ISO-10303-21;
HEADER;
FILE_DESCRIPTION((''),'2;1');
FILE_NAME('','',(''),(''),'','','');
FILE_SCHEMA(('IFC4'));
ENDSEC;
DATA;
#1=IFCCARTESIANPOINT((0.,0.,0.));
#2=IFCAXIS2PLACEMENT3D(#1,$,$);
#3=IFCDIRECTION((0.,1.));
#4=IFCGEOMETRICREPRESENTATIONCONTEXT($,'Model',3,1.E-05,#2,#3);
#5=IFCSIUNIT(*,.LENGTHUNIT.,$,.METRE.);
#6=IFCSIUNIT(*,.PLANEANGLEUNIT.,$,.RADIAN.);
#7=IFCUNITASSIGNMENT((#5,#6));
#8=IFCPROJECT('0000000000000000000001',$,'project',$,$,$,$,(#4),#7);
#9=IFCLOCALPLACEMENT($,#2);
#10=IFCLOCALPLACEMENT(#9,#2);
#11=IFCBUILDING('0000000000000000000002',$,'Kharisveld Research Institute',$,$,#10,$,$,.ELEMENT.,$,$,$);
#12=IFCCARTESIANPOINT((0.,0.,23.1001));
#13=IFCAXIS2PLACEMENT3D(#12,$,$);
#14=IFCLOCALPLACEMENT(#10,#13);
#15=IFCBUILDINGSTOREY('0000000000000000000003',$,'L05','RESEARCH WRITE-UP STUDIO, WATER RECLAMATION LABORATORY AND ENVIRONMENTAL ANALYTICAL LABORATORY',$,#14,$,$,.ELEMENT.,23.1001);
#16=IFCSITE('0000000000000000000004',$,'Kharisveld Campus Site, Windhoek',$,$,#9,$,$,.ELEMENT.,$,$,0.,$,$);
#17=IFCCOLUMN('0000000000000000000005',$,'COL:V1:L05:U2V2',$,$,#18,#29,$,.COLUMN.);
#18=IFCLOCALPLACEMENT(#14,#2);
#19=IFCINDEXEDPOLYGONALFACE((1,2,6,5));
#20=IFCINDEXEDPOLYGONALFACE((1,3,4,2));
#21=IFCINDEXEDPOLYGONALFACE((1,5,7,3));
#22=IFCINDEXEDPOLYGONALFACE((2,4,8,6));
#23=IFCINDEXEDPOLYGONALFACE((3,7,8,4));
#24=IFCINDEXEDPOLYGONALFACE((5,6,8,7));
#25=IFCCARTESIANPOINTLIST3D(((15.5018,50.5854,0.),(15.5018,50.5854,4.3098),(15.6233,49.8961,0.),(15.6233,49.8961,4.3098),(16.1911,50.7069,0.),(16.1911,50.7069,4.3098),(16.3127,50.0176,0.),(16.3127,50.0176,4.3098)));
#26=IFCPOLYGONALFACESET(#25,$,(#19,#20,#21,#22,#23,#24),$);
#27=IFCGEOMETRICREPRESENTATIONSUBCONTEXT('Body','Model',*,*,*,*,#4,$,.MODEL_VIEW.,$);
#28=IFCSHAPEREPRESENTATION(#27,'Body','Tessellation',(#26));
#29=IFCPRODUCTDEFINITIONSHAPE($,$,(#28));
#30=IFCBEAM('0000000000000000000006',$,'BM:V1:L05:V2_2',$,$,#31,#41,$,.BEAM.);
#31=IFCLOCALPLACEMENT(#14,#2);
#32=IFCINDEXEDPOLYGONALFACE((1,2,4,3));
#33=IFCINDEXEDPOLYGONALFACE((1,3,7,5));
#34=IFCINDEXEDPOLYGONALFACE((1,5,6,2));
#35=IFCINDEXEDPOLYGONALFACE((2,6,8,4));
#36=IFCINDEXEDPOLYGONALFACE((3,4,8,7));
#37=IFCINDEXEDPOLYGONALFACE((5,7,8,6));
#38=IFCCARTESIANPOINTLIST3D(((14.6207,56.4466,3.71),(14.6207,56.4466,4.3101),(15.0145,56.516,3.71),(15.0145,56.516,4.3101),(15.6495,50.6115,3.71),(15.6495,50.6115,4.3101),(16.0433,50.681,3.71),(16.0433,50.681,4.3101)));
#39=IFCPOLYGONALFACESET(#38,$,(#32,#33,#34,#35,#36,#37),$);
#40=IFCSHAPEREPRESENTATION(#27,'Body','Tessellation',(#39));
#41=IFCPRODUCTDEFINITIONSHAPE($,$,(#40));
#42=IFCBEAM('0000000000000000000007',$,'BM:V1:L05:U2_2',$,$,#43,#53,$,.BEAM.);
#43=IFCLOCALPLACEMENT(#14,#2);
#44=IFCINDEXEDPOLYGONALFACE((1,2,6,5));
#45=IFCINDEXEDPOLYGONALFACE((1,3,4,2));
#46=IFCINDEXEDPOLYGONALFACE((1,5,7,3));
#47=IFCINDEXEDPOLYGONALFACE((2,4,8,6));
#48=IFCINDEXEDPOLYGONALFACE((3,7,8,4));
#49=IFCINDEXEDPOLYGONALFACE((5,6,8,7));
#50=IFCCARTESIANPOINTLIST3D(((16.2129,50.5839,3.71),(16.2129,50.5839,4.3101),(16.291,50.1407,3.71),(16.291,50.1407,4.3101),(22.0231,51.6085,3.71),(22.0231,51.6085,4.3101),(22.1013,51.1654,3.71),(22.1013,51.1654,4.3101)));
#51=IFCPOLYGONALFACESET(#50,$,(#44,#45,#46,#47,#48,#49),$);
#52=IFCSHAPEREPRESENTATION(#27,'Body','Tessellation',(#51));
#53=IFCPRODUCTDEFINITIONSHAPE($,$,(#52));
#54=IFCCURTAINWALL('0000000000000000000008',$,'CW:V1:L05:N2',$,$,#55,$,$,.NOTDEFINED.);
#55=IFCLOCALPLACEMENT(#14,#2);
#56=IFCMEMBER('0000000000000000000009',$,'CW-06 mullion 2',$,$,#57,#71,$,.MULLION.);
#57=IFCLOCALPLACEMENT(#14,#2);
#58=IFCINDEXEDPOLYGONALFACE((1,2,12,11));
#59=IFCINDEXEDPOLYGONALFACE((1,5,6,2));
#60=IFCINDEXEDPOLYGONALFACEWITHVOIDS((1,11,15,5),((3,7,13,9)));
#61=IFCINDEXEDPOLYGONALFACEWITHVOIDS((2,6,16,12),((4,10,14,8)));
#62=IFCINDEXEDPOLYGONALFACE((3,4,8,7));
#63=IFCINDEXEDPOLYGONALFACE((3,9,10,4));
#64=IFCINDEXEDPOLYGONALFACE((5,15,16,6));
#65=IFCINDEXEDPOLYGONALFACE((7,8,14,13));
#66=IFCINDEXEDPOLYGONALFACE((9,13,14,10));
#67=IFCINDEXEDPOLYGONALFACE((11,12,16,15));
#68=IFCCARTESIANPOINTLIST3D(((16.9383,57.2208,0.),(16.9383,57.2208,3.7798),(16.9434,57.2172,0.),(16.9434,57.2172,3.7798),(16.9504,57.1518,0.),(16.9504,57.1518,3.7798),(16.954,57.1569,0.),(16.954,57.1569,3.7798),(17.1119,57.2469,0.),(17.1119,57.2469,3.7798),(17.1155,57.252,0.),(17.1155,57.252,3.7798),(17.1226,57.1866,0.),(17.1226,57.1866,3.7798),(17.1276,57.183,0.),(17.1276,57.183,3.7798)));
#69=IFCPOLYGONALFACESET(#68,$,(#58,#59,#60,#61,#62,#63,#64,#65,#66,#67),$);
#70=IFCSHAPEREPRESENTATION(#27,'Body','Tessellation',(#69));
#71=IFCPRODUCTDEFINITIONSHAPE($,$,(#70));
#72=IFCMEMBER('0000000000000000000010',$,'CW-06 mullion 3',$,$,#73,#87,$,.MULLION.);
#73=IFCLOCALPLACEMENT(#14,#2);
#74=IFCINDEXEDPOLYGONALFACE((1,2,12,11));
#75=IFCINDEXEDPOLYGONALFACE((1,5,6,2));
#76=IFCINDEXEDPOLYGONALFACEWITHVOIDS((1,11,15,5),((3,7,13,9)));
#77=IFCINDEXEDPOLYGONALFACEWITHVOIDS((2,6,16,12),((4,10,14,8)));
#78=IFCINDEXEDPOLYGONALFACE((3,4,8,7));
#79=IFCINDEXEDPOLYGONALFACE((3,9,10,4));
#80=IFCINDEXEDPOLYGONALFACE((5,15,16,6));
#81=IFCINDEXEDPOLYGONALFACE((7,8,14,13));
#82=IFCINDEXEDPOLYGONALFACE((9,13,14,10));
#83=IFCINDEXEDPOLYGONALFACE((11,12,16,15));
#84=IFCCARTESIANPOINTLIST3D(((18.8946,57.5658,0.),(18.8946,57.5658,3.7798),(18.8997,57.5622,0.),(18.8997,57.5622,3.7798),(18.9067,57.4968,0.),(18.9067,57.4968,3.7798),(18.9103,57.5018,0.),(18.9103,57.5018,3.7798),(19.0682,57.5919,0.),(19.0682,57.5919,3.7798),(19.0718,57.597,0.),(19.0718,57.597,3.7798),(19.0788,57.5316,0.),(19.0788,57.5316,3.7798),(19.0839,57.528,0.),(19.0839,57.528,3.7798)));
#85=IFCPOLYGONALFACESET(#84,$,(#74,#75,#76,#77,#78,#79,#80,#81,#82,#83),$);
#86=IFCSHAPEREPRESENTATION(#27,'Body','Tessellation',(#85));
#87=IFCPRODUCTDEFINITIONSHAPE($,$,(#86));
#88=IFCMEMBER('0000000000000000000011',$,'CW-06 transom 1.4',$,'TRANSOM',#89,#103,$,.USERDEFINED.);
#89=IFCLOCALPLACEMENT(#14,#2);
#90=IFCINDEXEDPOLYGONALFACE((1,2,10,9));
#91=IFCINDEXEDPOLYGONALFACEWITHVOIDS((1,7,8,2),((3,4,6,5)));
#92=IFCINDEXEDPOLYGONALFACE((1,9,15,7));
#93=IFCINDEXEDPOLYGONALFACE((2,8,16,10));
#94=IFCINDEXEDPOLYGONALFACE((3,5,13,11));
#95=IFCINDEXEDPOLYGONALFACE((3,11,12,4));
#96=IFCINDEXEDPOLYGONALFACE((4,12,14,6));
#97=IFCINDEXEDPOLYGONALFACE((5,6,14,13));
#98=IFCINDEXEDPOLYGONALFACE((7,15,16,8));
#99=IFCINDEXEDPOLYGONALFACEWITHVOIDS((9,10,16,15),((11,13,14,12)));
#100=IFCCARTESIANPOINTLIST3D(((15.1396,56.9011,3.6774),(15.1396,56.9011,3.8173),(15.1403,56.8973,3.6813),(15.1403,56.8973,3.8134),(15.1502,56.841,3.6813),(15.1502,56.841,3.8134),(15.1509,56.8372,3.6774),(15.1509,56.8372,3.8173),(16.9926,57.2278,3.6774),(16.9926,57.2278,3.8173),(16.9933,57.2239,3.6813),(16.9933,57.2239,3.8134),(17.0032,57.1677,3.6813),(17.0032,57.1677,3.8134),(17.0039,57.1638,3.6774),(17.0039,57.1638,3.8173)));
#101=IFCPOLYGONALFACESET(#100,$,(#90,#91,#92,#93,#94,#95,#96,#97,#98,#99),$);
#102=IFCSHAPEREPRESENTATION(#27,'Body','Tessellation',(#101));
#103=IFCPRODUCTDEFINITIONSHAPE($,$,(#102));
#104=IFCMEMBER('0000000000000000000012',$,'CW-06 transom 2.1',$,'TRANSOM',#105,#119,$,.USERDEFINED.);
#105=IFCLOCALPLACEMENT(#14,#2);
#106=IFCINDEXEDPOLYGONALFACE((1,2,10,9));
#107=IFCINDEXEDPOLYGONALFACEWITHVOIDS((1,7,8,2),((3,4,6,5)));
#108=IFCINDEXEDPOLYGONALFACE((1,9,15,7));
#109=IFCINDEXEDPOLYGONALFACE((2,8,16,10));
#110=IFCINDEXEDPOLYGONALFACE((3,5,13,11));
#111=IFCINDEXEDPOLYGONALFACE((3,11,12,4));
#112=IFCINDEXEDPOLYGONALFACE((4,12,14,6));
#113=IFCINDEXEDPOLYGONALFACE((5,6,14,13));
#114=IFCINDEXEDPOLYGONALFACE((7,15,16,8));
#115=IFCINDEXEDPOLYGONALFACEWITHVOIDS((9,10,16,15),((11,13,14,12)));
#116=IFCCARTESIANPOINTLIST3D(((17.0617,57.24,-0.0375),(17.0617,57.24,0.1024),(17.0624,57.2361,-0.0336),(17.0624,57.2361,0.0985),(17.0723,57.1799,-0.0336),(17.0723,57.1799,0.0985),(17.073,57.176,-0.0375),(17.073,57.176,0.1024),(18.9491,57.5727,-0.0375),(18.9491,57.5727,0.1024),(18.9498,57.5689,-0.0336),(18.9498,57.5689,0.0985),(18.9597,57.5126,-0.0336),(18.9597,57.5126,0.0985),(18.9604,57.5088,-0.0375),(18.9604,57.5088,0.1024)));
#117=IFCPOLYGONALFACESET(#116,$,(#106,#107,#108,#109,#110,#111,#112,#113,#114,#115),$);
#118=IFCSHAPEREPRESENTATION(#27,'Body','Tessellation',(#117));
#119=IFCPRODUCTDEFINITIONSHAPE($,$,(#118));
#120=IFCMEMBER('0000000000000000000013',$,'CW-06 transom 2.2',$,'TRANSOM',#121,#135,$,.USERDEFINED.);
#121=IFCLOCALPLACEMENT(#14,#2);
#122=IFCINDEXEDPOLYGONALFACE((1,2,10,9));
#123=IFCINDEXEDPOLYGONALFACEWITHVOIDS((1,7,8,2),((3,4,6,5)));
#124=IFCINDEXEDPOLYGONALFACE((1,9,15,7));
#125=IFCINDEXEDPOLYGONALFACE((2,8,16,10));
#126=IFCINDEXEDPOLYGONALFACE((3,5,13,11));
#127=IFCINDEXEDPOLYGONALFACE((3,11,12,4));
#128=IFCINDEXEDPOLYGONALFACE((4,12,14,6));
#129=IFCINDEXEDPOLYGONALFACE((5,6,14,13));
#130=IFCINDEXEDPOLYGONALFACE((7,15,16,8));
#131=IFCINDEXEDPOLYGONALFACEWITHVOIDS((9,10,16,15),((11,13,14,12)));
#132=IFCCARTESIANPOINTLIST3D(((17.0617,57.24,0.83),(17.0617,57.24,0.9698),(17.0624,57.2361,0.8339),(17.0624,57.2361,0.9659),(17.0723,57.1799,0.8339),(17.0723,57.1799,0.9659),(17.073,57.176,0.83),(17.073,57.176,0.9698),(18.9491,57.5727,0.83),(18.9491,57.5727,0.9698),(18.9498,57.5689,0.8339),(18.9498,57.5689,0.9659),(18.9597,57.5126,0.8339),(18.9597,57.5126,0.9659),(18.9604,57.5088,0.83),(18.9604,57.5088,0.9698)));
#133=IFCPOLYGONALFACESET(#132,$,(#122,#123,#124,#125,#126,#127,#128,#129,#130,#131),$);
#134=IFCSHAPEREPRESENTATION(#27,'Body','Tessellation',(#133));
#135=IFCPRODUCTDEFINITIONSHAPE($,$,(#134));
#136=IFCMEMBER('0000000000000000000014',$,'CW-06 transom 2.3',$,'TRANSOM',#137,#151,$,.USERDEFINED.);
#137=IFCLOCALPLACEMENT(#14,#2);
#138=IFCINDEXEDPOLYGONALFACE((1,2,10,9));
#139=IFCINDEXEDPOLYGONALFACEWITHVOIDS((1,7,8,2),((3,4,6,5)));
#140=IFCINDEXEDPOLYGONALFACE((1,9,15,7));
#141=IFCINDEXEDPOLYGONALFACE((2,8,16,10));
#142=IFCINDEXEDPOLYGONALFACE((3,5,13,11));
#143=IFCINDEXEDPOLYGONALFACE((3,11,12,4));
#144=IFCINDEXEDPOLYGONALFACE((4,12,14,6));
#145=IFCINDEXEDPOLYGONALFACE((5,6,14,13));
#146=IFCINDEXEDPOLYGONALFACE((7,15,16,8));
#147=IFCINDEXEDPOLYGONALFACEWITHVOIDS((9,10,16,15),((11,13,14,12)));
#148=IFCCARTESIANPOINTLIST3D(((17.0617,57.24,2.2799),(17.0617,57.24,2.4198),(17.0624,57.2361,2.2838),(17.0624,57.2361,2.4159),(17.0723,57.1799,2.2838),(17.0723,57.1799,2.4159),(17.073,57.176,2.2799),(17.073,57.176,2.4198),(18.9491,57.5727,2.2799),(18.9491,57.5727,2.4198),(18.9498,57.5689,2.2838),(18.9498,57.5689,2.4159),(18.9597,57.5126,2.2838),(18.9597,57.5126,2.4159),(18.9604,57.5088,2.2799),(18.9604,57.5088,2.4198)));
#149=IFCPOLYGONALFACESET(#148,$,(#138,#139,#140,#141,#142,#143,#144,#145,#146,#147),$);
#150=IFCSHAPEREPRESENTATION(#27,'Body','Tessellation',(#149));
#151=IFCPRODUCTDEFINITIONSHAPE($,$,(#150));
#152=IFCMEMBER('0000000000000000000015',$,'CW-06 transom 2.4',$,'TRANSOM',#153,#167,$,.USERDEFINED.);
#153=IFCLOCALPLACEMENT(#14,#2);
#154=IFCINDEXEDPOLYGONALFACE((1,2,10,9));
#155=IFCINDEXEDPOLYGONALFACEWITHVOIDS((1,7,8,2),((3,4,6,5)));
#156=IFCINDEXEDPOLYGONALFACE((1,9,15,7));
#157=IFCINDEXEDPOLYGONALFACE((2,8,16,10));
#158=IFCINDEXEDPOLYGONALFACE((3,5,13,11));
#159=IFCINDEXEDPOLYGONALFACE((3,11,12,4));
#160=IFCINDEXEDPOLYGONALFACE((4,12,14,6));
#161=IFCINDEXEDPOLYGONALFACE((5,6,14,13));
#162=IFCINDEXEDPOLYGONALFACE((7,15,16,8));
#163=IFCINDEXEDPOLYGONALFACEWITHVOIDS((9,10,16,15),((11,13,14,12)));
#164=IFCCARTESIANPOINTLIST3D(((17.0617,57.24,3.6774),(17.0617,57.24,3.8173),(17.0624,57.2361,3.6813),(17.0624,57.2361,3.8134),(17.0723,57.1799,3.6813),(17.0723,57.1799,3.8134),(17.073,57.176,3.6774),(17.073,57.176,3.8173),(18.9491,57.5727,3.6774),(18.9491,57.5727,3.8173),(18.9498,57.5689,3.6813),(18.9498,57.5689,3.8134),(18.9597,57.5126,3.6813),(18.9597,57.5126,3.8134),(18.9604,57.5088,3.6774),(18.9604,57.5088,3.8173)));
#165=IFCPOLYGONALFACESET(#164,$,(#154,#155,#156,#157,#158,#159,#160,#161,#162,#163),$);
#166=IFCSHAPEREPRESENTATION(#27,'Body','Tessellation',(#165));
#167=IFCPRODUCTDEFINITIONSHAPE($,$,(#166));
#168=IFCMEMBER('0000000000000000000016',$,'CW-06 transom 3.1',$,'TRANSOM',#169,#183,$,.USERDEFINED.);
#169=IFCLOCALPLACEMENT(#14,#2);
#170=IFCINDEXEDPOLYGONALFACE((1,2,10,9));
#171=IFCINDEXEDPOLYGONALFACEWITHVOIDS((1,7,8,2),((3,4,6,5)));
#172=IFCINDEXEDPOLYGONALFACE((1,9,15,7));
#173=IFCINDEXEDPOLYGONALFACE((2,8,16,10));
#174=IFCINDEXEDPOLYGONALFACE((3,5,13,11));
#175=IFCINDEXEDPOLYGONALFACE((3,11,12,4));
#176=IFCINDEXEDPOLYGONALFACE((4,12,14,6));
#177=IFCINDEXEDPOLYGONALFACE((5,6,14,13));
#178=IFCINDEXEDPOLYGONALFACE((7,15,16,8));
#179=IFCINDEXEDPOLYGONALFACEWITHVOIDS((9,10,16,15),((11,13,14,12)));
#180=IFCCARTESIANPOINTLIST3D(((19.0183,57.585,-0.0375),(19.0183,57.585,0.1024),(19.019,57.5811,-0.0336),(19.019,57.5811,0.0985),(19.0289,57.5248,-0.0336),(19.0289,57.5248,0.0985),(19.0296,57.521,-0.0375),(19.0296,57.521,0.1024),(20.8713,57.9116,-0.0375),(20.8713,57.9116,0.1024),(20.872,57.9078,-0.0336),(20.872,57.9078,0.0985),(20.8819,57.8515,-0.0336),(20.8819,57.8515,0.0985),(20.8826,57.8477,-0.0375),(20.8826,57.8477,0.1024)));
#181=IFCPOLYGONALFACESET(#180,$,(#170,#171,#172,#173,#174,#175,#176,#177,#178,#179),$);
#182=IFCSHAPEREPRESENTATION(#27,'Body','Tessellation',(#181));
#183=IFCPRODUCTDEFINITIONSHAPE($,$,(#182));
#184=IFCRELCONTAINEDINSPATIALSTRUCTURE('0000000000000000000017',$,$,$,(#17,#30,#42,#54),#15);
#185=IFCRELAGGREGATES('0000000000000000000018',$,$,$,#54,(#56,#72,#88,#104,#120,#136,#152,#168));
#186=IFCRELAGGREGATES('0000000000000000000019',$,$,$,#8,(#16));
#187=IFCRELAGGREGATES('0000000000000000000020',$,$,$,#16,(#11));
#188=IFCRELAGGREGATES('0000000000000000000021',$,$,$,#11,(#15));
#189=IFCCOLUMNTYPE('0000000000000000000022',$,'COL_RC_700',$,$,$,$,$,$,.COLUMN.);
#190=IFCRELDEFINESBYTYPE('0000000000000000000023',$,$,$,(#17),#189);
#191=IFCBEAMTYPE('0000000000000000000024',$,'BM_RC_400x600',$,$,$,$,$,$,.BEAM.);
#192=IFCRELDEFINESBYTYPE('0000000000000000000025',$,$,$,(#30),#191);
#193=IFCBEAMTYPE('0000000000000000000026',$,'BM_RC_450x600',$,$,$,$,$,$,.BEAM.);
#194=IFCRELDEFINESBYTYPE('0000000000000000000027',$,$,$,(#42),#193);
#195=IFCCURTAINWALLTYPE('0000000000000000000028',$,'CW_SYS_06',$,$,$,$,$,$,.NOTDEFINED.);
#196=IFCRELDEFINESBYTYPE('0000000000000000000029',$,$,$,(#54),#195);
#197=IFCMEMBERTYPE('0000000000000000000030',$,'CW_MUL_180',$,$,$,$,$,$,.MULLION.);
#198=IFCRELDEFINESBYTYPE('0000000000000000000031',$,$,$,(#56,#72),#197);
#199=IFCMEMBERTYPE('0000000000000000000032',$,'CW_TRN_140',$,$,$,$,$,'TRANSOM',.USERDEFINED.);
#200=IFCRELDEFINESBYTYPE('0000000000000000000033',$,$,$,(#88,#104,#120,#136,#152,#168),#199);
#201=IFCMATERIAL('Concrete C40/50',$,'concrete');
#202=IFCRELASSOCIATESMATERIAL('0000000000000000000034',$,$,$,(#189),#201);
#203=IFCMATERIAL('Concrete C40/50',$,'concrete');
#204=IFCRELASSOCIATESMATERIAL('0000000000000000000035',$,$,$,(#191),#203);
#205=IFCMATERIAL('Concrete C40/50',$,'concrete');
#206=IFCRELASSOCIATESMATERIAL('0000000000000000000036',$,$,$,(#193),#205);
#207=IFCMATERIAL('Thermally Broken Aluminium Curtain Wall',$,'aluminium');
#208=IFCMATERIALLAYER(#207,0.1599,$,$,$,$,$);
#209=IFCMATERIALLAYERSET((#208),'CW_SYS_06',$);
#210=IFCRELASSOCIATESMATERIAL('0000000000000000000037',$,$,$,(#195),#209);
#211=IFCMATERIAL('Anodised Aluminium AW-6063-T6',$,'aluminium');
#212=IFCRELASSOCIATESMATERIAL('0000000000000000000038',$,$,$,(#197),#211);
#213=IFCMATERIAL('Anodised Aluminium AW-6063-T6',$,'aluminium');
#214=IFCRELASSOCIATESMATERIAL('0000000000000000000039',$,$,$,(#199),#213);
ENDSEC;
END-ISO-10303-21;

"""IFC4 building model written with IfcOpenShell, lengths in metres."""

from ifc_helpers import new_model, si_unit, direction, frame, origin, origin_2d, place, context, subcontext, project, spatial, rectangle, hollow_rectangle, extrude, material, layer, layer_set, material_profile, profile_set, type_object, element, aggregate, save


model = new_model("IFC4")

# Units and contexts
model_context = context("Model", 3, precision=1e-05, world=origin(), true_north=direction((0.0, 1.0)))
body_context = subcontext(model_context, "Body", "Model", "MODEL_VIEW")
ifc_project = project(units=[si_unit("LENGTHUNIT", "METRE"), si_unit("PLANEANGLEUNIT", "RADIAN")], contexts=[model_context])

# Site, building, storey
site_placement = place(None, origin())
site = spatial("IfcSite", under=ifc_project, at=site_placement, Name="Kharisveld Campus Site, Windhoek", CompositionType="ELEMENT", RefElevation=0.0)
building_placement = place(site_placement, origin())
building = spatial("IfcBuilding", under=site, at=building_placement, Name="Kharisveld Research Institute", CompositionType="ELEMENT")
storey_placement = place(building_placement, frame((0.0, 0.0, 23.1001)))
storey = spatial("IfcBuildingStorey", under=building, at=storey_placement, Name="L05", Description="RESEARCH WRITE-UP STUDIO, WATER RECLAMATION LABORATORY AND ENVIRONMENTAL ANALYTICAL LABORATORY", CompositionType="ELEMENT", Elevation=23.1001)

# Column
ifc_material_1 = material(Name="Concrete C40/50", Category="concrete")
ifc_material_profile_1 = material_profile(ifc_material_1, rectangle(XDim=0.7, YDim=0.7, at=origin_2d()))
ifc_profile_set_1 = profile_set([ifc_material_profile_1], Name="Concrete C40/50")
column_type = type_object("IfcColumnType", Name="COL_RC_700", PredefinedType="COLUMN", material=ifc_profile_set_1)
column_placement = place(storey_placement, frame((15.9072, 50.3015, 0.0), z_axis=(0.0, 0.0, 1.0), x_axis=(0.984808, 0.173648, 0.0)))
element("IfcColumn", 1, at=column_placement, inside=storey, type_object=column_type, Name="COL:V1:L05:U2V2", PredefinedType="COLUMN", context=body_context, shape_type="SweptSolid", body=[
    extrude(rectangle(XDim=0.7, YDim=0.7, at=origin_2d()), origin(), (0.0, 0.0, 1.0), 4.3098),
])

# Beams
ifc_material_2 = material(Name="Concrete C40/50", Category="concrete")
ifc_material_profile_2 = material_profile(ifc_material_2, rectangle(XDim=0.3999, YDim=0.6001, at=origin_2d()))
ifc_profile_set_2 = profile_set([ifc_material_profile_2], Name="Concrete C40/50")
beam_type_1 = type_object("IfcBeamType", Name="BM_RC_400x600", PredefinedType="BEAM", material=ifc_profile_set_2)
beam_1_placement = place(storey_placement, frame((15.8464, 50.6462, 4.01), z_axis=(-0.17364, 0.984809, 0.0), x_axis=(-0.984809, -0.17364, 0.0)))
element("IfcBeam", 2, at=beam_1_placement, inside=storey, type_object=beam_type_1, Name="BM:V1:L05:V2_2", PredefinedType="BEAM", context=body_context, shape_type="SweptSolid", body=[
    extrude(rectangle(XDim=0.3999, YDim=0.6001, at=origin_2d()), origin(), (0.0, 0.0, 1.0), 5.925),
])
ifc_material_3 = material(Name="Concrete C40/50", Category="concrete")
ifc_material_profile_3 = material_profile(ifc_material_3, rectangle(XDim=0.45, YDim=0.6001, at=origin_2d()))
ifc_profile_set_3 = profile_set([ifc_material_profile_3], Name="Concrete C40/50")
beam_type_2 = type_object("IfcBeamType", Name="BM_RC_450x600", PredefinedType="BEAM", material=ifc_profile_set_3)
beam_2_placement = place(storey_placement, frame((16.252, 50.3623, 4.01), z_axis=(0.984804, 0.173672, 0.0), x_axis=(-0.173672, 0.984804, 0.0)))
element("IfcBeam", 3, at=beam_2_placement, inside=storey, type_object=beam_type_2, Name="BM:V1:L05:U2_2", PredefinedType="BEAM", context=body_context, shape_type="SweptSolid", body=[
    extrude(rectangle(XDim=0.45, YDim=0.6001, at=origin_2d()), origin(), (0.0, 0.0, 1.0), 5.8999),
])

# Curtain wall, members
ifc_material_4 = material(Name="Thermally Broken Aluminium Curtain Wall", Category="aluminium")
ifc_layer_1 = layer(ifc_material_4, 0.1599)
ifc_layer_set_1 = layer_set([ifc_layer_1], Name="CW_SYS_06")
curtain_wall_type = type_object("IfcCurtainWallType", Name="CW_SYS_06", PredefinedType="NOTDEFINED", material=ifc_layer_set_1)
curtain_wall_placement = place(storey_placement, origin())
curtain_wall = element("IfcCurtainWall", 4, at=curtain_wall_placement, inside=storey, type_object=curtain_wall_type, Name="CW:V1:L05:N2", PredefinedType="NOTDEFINED")
ifc_material_5 = material(Name="Anodised Aluminium AW-6063-T6", Category="aluminium")
ifc_material_profile_4 = material_profile(ifc_material_5, hollow_rectangle(XDim=0.0701, YDim=0.1799, WallThickness=0.0044, at=origin_2d()))
ifc_profile_set_4 = profile_set([ifc_material_profile_4], Name="Anodised Aluminium AW-6063-T6")
member_type_1 = type_object("IfcMemberType", Name="CW_MUL_180", PredefinedType="MULLION", material=ifc_profile_set_4)
member_1_placement = place(storey_placement, frame((17.033, 57.2019, 0.0), z_axis=(0.0, 0.0, 1.0), x_axis=(-0.173648, 0.984808, 0.0)))
member_1 = element("IfcMember", 5, at=member_1_placement, type_object=member_type_1, Name="CW-06 mullion 2", PredefinedType="MULLION", context=body_context, shape_type="SweptSolid", body=[
    extrude(hollow_rectangle(XDim=0.0701, YDim=0.1799, WallThickness=0.0044, at=origin_2d()), origin(), (0.0, 0.0, 1.0), 3.7798),
])
member_2_placement = place(storey_placement, frame((18.9893, 57.5469, 0.0), z_axis=(0.0, 0.0, 1.0), x_axis=(-0.173648, 0.984808, 0.0)))
member_2 = element("IfcMember", 6, at=member_2_placement, type_object=member_type_1, Name="CW-06 mullion 3", PredefinedType="MULLION", context=body_context, shape_type="SweptSolid", body=[
    extrude(hollow_rectangle(XDim=0.0701, YDim=0.1799, WallThickness=0.0044, at=origin_2d()), origin(), (0.0, 0.0, 1.0), 3.7798),
])
ifc_material_6 = material(Name="Anodised Aluminium AW-6063-T6", Category="aluminium")
ifc_material_profile_5 = material_profile(ifc_material_6, hollow_rectangle(XDim=0.0649, YDim=0.1399, WallThickness=0.0039, at=origin_2d()))
ifc_profile_set_5 = profile_set([ifc_material_profile_5], Name="Anodised Aluminium AW-6063-T6")
member_type_2 = type_object("IfcMemberType", Name="CW_TRN_140", ElementType="TRANSOM", PredefinedType="USERDEFINED", material=ifc_profile_set_5)
member_3_placement = place(storey_placement, frame((15.1453, 56.8691, 3.7473), z_axis=(0.984815, 0.173608, 0.0), x_axis=(-0.173608, 0.984815, 0.0)))
member_3 = element("IfcMember", 7, at=member_3_placement, type_object=member_type_2, Name="CW-06 transom 1.4", ObjectType="TRANSOM", PredefinedType="USERDEFINED", context=body_context, shape_type="SweptSolid", body=[
    extrude(hollow_rectangle(XDim=0.0649, YDim=0.1399, WallThickness=0.0039, at=origin_2d()), origin(), (0.0, 0.0, 1.0), 1.8816),
])
member_4_placement = place(storey_placement, frame((17.0674, 57.208, 0.0325), z_axis=(0.984812, 0.173625, 0.0), x_axis=(-0.173625, 0.984812, 0.0)))
member_4 = element("IfcMember", 8, at=member_4_placement, type_object=member_type_2, Name="CW-06 transom 2.1", ObjectType="TRANSOM", PredefinedType="USERDEFINED", context=body_context, shape_type="SweptSolid", body=[
    extrude(hollow_rectangle(XDim=0.0649, YDim=0.1399, WallThickness=0.0039, at=origin_2d()), origin(), (0.0, 0.0, 1.0), 1.9165),
])
member_5_placement = place(storey_placement, frame((17.0674, 57.208, 0.8999), z_axis=(0.984812, 0.173625, 0.0), x_axis=(-0.173625, 0.984812, 0.0)))
member_5 = element("IfcMember", 9, at=member_5_placement, type_object=member_type_2, Name="CW-06 transom 2.2", ObjectType="TRANSOM", PredefinedType="USERDEFINED", context=body_context, shape_type="SweptSolid", body=[
    extrude(hollow_rectangle(XDim=0.0649, YDim=0.1399, WallThickness=0.0039, at=origin_2d()), origin(), (0.0, 0.0, 1.0), 1.9165),
])
member_6_placement = place(storey_placement, frame((17.0674, 57.208, 2.3499), z_axis=(0.984812, 0.173625, 0.0), x_axis=(-0.173625, 0.984812, 0.0)))
member_6 = element("IfcMember", 10, at=member_6_placement, type_object=member_type_2, Name="CW-06 transom 2.3", ObjectType="TRANSOM", PredefinedType="USERDEFINED", context=body_context, shape_type="SweptSolid", body=[
    extrude(hollow_rectangle(XDim=0.0649, YDim=0.1399, WallThickness=0.0039, at=origin_2d()), origin(), (0.0, 0.0, 1.0), 1.9165),
])
member_7_placement = place(storey_placement, frame((17.0674, 57.208, 3.7473), z_axis=(0.984812, 0.173625, 0.0), x_axis=(-0.173625, 0.984812, 0.0)))
member_7 = element("IfcMember", 11, at=member_7_placement, type_object=member_type_2, Name="CW-06 transom 2.4", ObjectType="TRANSOM", PredefinedType="USERDEFINED", context=body_context, shape_type="SweptSolid", body=[
    extrude(hollow_rectangle(XDim=0.0649, YDim=0.1399, WallThickness=0.0039, at=origin_2d()), origin(), (0.0, 0.0, 1.0), 1.9165),
])
member_8_placement = place(storey_placement, frame((19.0239, 57.553, 0.0325), z_axis=(0.984815, 0.173608, 0.0), x_axis=(-0.173608, 0.984815, 0.0)))
member_8 = element("IfcMember", 12, at=member_8_placement, type_object=member_type_2, Name="CW-06 transom 3.1", ObjectType="TRANSOM", PredefinedType="USERDEFINED", context=body_context, shape_type="SweptSolid", body=[
    extrude(hollow_rectangle(XDim=0.0649, YDim=0.1399, WallThickness=0.0039, at=origin_2d()), origin(), (0.0, 0.0, 1.0), 1.8816),
])

aggregate(curtain_wall, [member_1, member_2, member_3, member_4, member_5, member_6, member_7, member_8])

save(model, "model.ifc")
